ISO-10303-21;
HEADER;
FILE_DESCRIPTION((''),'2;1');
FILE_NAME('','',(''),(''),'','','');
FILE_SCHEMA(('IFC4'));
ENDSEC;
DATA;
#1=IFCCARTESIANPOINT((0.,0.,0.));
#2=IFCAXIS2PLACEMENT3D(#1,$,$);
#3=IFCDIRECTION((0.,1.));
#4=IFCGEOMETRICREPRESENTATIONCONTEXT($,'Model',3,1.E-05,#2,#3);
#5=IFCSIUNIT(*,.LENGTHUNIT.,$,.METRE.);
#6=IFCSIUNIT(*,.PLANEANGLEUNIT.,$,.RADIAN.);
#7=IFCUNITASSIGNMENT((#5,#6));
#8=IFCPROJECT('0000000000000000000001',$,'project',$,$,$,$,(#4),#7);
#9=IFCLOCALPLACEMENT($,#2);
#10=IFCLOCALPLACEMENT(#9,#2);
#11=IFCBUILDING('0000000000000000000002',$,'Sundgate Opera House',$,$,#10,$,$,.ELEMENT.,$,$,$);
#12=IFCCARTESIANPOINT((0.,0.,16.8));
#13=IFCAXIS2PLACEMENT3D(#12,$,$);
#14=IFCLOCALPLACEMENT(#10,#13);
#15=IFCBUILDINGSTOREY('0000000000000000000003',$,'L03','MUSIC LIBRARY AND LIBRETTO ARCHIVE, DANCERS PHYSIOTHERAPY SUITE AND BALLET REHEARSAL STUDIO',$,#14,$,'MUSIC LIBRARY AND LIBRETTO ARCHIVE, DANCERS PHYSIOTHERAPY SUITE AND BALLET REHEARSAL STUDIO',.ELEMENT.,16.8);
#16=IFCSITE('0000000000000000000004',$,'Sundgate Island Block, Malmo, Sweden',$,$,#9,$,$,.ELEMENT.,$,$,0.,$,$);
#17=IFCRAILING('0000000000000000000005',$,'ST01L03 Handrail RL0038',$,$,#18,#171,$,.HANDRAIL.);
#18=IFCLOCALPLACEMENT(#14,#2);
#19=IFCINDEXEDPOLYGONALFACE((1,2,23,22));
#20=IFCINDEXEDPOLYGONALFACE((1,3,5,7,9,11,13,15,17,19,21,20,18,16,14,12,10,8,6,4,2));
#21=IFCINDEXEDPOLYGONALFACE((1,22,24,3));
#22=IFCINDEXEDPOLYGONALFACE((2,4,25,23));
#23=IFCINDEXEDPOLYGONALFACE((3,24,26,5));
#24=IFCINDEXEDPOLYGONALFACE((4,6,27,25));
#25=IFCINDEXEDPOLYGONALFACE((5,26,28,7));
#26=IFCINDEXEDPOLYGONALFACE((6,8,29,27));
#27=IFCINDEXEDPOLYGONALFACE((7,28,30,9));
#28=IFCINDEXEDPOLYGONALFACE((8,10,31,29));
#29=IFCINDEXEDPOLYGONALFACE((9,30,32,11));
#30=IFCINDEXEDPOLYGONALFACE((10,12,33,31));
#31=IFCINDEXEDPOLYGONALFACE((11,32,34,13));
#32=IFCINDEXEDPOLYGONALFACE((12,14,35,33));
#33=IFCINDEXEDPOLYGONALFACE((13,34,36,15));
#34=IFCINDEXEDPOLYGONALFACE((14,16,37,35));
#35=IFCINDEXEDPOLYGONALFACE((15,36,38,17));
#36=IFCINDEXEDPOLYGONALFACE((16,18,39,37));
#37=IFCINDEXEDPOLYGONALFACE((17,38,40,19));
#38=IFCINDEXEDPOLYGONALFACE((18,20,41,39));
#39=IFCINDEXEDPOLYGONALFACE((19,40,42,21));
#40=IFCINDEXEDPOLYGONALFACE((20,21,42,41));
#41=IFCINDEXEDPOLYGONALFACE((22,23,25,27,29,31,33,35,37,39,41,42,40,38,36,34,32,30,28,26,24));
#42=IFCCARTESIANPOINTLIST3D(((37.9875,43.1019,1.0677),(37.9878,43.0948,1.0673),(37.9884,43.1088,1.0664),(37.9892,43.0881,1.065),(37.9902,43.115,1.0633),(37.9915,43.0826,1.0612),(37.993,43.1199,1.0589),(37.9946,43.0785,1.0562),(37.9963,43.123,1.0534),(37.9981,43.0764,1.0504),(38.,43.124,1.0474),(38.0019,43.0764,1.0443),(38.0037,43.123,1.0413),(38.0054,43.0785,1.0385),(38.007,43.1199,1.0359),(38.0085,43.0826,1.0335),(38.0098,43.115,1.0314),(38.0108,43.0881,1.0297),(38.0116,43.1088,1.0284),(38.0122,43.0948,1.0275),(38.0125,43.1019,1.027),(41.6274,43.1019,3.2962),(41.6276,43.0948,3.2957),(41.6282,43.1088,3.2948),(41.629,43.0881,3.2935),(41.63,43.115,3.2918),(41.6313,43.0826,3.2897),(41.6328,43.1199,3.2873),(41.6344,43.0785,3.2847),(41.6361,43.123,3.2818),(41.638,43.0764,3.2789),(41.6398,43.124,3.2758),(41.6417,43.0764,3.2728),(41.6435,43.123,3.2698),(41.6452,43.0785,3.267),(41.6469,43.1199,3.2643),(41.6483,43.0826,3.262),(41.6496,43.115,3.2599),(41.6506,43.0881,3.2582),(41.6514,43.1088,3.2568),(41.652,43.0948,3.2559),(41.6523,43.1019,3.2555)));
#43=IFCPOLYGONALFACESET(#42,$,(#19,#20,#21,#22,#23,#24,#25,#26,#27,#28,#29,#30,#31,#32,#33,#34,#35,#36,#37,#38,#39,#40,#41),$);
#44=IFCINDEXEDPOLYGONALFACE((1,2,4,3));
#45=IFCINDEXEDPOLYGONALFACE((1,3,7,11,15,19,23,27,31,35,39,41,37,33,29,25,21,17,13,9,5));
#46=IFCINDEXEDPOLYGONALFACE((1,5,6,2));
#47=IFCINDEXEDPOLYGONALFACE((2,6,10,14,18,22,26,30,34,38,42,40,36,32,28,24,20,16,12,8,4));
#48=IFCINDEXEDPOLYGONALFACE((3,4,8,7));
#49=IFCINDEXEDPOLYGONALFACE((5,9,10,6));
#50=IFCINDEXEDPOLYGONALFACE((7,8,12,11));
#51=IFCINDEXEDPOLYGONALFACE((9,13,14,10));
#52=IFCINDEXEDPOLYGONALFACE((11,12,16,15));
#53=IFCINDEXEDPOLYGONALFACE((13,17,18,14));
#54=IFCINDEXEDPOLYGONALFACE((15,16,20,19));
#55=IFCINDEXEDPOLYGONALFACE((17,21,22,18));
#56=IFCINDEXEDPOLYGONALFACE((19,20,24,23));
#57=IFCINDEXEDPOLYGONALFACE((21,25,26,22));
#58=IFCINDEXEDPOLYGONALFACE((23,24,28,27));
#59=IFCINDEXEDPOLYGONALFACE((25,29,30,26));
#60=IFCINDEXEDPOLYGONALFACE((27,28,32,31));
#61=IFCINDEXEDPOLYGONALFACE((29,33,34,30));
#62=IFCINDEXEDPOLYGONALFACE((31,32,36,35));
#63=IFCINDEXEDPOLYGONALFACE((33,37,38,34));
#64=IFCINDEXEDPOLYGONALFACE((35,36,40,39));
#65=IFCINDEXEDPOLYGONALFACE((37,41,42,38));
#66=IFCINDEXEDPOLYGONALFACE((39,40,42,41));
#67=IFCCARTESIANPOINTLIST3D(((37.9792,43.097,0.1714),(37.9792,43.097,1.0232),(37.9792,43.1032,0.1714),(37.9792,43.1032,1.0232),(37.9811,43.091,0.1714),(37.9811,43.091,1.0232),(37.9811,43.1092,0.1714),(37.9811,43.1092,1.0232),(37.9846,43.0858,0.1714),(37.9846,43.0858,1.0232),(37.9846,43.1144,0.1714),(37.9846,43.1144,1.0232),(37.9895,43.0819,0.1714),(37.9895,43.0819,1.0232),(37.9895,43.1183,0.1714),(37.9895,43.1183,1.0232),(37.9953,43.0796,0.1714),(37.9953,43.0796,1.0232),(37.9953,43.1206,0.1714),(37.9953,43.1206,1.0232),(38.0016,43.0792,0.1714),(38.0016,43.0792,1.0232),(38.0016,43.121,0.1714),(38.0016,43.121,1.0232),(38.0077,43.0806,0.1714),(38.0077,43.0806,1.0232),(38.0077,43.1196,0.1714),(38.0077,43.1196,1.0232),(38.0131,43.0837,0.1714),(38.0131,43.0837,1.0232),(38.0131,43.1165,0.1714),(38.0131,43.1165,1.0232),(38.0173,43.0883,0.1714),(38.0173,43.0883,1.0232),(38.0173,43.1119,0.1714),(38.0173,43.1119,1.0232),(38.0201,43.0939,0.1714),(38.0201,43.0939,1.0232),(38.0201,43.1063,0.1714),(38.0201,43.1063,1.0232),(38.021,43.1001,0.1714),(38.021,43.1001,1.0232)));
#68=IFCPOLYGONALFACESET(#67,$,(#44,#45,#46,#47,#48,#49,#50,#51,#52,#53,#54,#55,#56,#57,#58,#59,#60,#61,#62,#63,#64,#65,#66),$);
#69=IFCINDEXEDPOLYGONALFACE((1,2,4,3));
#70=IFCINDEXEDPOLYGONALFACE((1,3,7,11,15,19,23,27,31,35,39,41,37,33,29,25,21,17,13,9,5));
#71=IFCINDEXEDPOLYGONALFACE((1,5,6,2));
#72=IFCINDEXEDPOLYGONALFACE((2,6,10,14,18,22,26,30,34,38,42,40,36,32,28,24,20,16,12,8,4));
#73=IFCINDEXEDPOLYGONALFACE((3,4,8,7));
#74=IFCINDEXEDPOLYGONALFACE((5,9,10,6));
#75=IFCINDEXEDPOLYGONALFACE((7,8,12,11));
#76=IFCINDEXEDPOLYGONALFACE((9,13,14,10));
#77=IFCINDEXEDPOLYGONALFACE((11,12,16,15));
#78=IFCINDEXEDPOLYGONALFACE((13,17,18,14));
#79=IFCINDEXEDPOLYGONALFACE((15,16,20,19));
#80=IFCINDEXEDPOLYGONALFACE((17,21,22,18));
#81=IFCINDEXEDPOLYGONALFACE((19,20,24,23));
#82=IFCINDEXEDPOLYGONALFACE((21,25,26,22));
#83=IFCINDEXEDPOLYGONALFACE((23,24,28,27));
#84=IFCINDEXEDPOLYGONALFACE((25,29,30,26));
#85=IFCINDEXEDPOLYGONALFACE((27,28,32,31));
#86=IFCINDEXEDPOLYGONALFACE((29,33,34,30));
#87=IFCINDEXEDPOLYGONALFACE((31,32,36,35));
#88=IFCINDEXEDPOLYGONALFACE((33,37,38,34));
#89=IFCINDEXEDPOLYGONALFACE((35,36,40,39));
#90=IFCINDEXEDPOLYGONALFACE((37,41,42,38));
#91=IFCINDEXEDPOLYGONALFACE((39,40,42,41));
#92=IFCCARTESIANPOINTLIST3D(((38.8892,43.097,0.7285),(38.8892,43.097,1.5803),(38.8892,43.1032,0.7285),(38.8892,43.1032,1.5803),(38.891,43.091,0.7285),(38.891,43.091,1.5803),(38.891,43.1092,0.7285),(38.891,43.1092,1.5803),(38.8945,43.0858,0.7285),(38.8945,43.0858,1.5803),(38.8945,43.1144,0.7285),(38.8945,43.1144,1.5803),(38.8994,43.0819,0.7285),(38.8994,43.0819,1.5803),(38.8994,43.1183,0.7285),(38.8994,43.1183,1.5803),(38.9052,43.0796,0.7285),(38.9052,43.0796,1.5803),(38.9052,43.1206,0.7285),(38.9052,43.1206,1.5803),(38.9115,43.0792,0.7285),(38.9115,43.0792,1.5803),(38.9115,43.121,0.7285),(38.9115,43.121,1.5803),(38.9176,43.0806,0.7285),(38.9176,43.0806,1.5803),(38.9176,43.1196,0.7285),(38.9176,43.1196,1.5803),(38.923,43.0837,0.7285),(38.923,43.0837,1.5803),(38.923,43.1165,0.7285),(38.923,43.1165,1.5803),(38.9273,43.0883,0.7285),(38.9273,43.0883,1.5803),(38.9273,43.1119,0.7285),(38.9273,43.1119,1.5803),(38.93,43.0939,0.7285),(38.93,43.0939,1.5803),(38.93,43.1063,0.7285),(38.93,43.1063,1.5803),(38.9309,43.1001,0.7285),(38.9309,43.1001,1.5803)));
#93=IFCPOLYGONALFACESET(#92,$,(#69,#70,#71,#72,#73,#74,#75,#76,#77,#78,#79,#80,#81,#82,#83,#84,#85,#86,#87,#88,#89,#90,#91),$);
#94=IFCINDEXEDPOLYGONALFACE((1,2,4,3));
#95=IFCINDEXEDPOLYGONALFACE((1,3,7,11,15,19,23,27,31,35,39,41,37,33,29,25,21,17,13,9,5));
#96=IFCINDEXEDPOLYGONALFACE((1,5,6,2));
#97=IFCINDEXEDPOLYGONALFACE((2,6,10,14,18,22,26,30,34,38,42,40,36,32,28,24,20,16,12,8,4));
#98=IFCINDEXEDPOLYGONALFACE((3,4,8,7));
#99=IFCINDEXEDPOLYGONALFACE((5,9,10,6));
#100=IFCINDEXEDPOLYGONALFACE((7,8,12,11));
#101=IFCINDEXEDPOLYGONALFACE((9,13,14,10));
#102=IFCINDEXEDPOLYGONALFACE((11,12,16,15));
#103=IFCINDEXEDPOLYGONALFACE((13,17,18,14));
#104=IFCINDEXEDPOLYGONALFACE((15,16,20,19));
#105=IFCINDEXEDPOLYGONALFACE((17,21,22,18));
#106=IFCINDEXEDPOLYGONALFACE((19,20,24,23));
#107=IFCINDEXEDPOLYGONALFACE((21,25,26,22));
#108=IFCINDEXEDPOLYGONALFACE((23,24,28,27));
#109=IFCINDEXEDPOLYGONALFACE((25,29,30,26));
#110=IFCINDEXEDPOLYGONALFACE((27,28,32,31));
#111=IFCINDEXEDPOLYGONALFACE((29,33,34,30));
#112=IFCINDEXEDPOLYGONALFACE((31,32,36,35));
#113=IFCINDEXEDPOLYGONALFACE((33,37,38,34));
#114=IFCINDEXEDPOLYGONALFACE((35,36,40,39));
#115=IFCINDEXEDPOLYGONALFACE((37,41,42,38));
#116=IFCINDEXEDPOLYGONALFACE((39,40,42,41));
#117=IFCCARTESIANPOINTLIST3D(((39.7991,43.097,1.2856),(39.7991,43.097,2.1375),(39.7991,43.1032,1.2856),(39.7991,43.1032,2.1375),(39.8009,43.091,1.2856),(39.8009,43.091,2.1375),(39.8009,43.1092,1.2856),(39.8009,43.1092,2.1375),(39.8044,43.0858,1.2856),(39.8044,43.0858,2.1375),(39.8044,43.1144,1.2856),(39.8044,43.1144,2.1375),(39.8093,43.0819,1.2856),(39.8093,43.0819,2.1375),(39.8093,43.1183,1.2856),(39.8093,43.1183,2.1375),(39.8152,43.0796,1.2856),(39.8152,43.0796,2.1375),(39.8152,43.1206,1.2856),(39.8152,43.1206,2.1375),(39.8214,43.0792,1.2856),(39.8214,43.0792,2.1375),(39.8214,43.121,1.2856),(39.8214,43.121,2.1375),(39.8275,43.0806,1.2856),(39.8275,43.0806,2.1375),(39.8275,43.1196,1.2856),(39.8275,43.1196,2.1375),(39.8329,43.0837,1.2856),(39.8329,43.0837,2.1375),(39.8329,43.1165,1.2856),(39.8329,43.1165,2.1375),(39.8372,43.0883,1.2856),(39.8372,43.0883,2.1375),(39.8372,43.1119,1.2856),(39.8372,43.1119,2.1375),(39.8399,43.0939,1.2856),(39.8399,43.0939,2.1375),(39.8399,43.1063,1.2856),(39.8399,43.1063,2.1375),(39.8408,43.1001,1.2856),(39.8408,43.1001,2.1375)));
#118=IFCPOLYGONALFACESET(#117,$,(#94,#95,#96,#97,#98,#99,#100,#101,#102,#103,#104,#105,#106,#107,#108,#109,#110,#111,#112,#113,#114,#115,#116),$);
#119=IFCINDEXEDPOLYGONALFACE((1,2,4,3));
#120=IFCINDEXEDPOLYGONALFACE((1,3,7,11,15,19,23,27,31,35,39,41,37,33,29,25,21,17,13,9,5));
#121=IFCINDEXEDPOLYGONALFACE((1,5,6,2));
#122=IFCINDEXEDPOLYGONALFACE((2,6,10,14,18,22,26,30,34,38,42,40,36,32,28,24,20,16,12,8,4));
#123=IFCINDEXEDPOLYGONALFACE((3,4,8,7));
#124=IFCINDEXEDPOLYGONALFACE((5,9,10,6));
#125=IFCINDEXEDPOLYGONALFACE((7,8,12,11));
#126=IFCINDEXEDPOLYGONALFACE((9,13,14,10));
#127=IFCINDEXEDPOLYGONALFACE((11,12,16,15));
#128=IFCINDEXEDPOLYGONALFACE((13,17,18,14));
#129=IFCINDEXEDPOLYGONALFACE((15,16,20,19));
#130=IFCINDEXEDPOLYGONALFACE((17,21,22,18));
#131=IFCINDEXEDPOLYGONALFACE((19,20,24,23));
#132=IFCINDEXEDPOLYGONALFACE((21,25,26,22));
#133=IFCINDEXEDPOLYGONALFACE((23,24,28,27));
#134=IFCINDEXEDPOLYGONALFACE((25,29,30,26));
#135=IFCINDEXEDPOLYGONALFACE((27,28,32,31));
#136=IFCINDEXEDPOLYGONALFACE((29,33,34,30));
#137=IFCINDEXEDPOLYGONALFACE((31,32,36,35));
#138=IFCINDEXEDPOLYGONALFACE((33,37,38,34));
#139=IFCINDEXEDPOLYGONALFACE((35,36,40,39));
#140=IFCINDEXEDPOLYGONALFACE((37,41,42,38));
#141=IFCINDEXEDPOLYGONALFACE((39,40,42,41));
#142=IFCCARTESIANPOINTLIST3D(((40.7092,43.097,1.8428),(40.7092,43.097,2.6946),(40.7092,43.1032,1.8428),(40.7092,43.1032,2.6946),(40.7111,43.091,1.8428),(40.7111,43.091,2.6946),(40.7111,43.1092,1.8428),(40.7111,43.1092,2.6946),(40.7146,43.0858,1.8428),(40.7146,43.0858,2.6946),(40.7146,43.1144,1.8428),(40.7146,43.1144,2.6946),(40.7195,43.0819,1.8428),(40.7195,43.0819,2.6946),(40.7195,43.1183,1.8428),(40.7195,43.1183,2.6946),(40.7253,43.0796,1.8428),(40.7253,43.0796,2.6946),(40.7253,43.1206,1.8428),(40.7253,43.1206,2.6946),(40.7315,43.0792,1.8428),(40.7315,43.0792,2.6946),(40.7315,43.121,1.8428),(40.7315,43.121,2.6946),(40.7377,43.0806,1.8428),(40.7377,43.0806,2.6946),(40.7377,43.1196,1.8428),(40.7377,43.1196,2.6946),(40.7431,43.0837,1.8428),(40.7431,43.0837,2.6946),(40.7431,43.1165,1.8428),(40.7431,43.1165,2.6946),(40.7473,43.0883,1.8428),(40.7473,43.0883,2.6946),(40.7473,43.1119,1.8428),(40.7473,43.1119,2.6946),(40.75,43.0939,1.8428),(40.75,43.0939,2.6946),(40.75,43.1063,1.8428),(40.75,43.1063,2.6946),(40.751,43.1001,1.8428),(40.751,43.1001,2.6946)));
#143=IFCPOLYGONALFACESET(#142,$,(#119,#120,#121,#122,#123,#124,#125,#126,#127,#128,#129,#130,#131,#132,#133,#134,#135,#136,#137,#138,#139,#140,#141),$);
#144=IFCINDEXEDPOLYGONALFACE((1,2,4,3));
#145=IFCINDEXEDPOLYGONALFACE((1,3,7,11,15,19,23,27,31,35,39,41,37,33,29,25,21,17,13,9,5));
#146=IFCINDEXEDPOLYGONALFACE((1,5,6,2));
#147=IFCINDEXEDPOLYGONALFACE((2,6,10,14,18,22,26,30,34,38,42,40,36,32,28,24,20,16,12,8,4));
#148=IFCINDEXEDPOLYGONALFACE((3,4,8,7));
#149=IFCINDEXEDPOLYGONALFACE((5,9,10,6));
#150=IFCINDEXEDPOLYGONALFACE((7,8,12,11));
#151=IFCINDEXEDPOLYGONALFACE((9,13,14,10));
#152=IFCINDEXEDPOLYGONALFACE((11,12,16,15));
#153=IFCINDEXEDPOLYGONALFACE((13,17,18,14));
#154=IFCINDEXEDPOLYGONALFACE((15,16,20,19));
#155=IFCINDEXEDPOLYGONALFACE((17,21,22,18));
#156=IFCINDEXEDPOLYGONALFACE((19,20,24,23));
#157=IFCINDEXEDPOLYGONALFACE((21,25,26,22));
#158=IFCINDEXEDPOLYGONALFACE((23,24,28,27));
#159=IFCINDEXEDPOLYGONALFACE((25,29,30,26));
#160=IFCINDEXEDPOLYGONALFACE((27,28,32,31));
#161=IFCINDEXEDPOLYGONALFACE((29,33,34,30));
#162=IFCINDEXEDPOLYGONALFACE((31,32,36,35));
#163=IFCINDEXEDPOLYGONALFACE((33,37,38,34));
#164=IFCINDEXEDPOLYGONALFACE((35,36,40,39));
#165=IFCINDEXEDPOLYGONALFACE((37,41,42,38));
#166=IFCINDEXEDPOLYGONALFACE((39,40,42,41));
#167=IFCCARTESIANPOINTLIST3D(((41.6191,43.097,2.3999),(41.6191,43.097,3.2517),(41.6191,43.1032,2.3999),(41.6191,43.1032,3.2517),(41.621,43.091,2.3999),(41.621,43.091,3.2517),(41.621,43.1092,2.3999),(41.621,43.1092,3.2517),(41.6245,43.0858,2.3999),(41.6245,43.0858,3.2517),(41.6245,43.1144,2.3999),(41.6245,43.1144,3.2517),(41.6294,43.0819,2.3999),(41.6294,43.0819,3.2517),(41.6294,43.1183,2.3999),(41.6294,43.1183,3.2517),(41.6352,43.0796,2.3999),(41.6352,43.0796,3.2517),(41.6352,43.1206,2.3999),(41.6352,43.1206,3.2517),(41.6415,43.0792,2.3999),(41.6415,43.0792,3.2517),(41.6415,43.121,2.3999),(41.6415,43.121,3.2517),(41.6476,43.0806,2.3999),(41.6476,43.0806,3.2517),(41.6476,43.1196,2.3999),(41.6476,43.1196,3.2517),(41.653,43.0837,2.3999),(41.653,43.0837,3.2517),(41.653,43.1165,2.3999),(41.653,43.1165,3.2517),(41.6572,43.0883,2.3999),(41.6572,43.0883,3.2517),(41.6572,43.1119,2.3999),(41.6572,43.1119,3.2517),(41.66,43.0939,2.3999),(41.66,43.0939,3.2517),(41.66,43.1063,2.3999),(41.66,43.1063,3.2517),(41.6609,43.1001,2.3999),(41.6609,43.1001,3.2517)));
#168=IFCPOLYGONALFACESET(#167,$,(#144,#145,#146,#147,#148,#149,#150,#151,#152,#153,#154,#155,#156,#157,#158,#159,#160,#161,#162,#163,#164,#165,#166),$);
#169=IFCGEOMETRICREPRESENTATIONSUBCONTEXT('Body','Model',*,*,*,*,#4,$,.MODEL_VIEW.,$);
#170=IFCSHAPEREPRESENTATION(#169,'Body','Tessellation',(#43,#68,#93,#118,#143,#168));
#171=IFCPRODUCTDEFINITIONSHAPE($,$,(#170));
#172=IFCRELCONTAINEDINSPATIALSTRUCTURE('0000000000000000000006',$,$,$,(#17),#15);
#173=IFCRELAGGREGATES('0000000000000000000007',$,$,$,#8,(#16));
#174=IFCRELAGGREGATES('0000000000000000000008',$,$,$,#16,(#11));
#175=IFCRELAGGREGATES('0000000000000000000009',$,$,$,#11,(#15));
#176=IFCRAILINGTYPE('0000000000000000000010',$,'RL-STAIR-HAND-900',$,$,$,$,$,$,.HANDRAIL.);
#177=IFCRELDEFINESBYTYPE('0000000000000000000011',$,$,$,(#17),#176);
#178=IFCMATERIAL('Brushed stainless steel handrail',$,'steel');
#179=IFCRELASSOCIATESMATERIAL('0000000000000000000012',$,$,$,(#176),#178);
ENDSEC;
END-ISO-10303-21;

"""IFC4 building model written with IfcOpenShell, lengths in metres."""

from ifc_helpers import new_model, si_unit, direction, frame, origin, origin_2d, place, context, subcontext, project, spatial, circle, extrude, material, type_object, element, save


model = new_model("IFC4")

# Units and contexts
model_context = context("Model", 3, precision=1e-05, world=origin(), true_north=direction((0.0, 1.0)))
body_context = subcontext(model_context, "Body", "Model", "MODEL_VIEW")
ifc_project = project(units=[si_unit("LENGTHUNIT", "METRE"), si_unit("PLANEANGLEUNIT", "RADIAN")], contexts=[model_context])

# Site, building, storey
site_placement = place(None, origin())
site = spatial("IfcSite", under=ifc_project, at=site_placement, Name="Sundgate Island Block, Malmo, Sweden", CompositionType="ELEMENT", RefElevation=0.0)
building_placement = place(site_placement, origin())
building = spatial("IfcBuilding", under=site, at=building_placement, Name="Sundgate Opera House", CompositionType="ELEMENT")
storey_placement = place(building_placement, frame((0.0, 0.0, 16.8)))
storey = spatial("IfcBuildingStorey", under=building, at=storey_placement, Name="L03", Description="MUSIC LIBRARY AND LIBRETTO ARCHIVE, DANCERS PHYSIOTHERAPY SUITE AND BALLET REHEARSAL STUDIO", LongName="MUSIC LIBRARY AND LIBRETTO ARCHIVE, DANCERS PHYSIOTHERAPY SUITE AND BALLET REHEARSAL STUDIO", CompositionType="ELEMENT", Elevation=16.8)

# Railing
ifc_material_1 = material(Name="Brushed stainless steel handrail", Category="steel")
railing_type_1 = type_object("IfcRailingType", Name="RL-STAIR-HAND-900", PredefinedType="HANDRAIL", material=ifc_material_1)
railing_1_placement = place(storey_placement, frame((38.0, 43.1001, 0.1714)))
element("IfcRailing", 1, at=railing_1_placement, inside=storey, type_object=railing_type_1, Name="ST01L03 Handrail RL0038", PredefinedType="HANDRAIL", context=body_context, shape_type="SweptSolid", body=[
    extrude(circle(Radius=0.0239, at=origin_2d()), frame((0.0, 0.0, 0.876), z_axis=(0.85285, 0.0, 0.522156), x_axis=(0.0, 1.0, 0.0)), (0.0, 0.0, 1.0), 4.2678),
    extrude(circle(Radius=0.021, at=origin_2d()), origin(), (0.0, 0.0, 1.0), 0.8518),
    extrude(circle(Radius=0.021, at=origin_2d()), frame((0.9099, 0.0, 0.5571)), (0.0, 0.0, 1.0), 0.8518),
    extrude(circle(Radius=0.021, at=origin_2d()), frame((1.8198, 0.0, 1.1143)), (0.0, 0.0, 1.0), 0.8518),
    extrude(circle(Radius=0.021, at=origin_2d()), frame((2.73, 0.0, 1.6714)), (0.0, 0.0, 1.0), 0.8518),
    extrude(circle(Radius=0.021, at=origin_2d()), frame((3.6399, 0.0, 2.2285)), (0.0, 0.0, 1.0), 0.8518),
])

save(model, "model.ifc")
